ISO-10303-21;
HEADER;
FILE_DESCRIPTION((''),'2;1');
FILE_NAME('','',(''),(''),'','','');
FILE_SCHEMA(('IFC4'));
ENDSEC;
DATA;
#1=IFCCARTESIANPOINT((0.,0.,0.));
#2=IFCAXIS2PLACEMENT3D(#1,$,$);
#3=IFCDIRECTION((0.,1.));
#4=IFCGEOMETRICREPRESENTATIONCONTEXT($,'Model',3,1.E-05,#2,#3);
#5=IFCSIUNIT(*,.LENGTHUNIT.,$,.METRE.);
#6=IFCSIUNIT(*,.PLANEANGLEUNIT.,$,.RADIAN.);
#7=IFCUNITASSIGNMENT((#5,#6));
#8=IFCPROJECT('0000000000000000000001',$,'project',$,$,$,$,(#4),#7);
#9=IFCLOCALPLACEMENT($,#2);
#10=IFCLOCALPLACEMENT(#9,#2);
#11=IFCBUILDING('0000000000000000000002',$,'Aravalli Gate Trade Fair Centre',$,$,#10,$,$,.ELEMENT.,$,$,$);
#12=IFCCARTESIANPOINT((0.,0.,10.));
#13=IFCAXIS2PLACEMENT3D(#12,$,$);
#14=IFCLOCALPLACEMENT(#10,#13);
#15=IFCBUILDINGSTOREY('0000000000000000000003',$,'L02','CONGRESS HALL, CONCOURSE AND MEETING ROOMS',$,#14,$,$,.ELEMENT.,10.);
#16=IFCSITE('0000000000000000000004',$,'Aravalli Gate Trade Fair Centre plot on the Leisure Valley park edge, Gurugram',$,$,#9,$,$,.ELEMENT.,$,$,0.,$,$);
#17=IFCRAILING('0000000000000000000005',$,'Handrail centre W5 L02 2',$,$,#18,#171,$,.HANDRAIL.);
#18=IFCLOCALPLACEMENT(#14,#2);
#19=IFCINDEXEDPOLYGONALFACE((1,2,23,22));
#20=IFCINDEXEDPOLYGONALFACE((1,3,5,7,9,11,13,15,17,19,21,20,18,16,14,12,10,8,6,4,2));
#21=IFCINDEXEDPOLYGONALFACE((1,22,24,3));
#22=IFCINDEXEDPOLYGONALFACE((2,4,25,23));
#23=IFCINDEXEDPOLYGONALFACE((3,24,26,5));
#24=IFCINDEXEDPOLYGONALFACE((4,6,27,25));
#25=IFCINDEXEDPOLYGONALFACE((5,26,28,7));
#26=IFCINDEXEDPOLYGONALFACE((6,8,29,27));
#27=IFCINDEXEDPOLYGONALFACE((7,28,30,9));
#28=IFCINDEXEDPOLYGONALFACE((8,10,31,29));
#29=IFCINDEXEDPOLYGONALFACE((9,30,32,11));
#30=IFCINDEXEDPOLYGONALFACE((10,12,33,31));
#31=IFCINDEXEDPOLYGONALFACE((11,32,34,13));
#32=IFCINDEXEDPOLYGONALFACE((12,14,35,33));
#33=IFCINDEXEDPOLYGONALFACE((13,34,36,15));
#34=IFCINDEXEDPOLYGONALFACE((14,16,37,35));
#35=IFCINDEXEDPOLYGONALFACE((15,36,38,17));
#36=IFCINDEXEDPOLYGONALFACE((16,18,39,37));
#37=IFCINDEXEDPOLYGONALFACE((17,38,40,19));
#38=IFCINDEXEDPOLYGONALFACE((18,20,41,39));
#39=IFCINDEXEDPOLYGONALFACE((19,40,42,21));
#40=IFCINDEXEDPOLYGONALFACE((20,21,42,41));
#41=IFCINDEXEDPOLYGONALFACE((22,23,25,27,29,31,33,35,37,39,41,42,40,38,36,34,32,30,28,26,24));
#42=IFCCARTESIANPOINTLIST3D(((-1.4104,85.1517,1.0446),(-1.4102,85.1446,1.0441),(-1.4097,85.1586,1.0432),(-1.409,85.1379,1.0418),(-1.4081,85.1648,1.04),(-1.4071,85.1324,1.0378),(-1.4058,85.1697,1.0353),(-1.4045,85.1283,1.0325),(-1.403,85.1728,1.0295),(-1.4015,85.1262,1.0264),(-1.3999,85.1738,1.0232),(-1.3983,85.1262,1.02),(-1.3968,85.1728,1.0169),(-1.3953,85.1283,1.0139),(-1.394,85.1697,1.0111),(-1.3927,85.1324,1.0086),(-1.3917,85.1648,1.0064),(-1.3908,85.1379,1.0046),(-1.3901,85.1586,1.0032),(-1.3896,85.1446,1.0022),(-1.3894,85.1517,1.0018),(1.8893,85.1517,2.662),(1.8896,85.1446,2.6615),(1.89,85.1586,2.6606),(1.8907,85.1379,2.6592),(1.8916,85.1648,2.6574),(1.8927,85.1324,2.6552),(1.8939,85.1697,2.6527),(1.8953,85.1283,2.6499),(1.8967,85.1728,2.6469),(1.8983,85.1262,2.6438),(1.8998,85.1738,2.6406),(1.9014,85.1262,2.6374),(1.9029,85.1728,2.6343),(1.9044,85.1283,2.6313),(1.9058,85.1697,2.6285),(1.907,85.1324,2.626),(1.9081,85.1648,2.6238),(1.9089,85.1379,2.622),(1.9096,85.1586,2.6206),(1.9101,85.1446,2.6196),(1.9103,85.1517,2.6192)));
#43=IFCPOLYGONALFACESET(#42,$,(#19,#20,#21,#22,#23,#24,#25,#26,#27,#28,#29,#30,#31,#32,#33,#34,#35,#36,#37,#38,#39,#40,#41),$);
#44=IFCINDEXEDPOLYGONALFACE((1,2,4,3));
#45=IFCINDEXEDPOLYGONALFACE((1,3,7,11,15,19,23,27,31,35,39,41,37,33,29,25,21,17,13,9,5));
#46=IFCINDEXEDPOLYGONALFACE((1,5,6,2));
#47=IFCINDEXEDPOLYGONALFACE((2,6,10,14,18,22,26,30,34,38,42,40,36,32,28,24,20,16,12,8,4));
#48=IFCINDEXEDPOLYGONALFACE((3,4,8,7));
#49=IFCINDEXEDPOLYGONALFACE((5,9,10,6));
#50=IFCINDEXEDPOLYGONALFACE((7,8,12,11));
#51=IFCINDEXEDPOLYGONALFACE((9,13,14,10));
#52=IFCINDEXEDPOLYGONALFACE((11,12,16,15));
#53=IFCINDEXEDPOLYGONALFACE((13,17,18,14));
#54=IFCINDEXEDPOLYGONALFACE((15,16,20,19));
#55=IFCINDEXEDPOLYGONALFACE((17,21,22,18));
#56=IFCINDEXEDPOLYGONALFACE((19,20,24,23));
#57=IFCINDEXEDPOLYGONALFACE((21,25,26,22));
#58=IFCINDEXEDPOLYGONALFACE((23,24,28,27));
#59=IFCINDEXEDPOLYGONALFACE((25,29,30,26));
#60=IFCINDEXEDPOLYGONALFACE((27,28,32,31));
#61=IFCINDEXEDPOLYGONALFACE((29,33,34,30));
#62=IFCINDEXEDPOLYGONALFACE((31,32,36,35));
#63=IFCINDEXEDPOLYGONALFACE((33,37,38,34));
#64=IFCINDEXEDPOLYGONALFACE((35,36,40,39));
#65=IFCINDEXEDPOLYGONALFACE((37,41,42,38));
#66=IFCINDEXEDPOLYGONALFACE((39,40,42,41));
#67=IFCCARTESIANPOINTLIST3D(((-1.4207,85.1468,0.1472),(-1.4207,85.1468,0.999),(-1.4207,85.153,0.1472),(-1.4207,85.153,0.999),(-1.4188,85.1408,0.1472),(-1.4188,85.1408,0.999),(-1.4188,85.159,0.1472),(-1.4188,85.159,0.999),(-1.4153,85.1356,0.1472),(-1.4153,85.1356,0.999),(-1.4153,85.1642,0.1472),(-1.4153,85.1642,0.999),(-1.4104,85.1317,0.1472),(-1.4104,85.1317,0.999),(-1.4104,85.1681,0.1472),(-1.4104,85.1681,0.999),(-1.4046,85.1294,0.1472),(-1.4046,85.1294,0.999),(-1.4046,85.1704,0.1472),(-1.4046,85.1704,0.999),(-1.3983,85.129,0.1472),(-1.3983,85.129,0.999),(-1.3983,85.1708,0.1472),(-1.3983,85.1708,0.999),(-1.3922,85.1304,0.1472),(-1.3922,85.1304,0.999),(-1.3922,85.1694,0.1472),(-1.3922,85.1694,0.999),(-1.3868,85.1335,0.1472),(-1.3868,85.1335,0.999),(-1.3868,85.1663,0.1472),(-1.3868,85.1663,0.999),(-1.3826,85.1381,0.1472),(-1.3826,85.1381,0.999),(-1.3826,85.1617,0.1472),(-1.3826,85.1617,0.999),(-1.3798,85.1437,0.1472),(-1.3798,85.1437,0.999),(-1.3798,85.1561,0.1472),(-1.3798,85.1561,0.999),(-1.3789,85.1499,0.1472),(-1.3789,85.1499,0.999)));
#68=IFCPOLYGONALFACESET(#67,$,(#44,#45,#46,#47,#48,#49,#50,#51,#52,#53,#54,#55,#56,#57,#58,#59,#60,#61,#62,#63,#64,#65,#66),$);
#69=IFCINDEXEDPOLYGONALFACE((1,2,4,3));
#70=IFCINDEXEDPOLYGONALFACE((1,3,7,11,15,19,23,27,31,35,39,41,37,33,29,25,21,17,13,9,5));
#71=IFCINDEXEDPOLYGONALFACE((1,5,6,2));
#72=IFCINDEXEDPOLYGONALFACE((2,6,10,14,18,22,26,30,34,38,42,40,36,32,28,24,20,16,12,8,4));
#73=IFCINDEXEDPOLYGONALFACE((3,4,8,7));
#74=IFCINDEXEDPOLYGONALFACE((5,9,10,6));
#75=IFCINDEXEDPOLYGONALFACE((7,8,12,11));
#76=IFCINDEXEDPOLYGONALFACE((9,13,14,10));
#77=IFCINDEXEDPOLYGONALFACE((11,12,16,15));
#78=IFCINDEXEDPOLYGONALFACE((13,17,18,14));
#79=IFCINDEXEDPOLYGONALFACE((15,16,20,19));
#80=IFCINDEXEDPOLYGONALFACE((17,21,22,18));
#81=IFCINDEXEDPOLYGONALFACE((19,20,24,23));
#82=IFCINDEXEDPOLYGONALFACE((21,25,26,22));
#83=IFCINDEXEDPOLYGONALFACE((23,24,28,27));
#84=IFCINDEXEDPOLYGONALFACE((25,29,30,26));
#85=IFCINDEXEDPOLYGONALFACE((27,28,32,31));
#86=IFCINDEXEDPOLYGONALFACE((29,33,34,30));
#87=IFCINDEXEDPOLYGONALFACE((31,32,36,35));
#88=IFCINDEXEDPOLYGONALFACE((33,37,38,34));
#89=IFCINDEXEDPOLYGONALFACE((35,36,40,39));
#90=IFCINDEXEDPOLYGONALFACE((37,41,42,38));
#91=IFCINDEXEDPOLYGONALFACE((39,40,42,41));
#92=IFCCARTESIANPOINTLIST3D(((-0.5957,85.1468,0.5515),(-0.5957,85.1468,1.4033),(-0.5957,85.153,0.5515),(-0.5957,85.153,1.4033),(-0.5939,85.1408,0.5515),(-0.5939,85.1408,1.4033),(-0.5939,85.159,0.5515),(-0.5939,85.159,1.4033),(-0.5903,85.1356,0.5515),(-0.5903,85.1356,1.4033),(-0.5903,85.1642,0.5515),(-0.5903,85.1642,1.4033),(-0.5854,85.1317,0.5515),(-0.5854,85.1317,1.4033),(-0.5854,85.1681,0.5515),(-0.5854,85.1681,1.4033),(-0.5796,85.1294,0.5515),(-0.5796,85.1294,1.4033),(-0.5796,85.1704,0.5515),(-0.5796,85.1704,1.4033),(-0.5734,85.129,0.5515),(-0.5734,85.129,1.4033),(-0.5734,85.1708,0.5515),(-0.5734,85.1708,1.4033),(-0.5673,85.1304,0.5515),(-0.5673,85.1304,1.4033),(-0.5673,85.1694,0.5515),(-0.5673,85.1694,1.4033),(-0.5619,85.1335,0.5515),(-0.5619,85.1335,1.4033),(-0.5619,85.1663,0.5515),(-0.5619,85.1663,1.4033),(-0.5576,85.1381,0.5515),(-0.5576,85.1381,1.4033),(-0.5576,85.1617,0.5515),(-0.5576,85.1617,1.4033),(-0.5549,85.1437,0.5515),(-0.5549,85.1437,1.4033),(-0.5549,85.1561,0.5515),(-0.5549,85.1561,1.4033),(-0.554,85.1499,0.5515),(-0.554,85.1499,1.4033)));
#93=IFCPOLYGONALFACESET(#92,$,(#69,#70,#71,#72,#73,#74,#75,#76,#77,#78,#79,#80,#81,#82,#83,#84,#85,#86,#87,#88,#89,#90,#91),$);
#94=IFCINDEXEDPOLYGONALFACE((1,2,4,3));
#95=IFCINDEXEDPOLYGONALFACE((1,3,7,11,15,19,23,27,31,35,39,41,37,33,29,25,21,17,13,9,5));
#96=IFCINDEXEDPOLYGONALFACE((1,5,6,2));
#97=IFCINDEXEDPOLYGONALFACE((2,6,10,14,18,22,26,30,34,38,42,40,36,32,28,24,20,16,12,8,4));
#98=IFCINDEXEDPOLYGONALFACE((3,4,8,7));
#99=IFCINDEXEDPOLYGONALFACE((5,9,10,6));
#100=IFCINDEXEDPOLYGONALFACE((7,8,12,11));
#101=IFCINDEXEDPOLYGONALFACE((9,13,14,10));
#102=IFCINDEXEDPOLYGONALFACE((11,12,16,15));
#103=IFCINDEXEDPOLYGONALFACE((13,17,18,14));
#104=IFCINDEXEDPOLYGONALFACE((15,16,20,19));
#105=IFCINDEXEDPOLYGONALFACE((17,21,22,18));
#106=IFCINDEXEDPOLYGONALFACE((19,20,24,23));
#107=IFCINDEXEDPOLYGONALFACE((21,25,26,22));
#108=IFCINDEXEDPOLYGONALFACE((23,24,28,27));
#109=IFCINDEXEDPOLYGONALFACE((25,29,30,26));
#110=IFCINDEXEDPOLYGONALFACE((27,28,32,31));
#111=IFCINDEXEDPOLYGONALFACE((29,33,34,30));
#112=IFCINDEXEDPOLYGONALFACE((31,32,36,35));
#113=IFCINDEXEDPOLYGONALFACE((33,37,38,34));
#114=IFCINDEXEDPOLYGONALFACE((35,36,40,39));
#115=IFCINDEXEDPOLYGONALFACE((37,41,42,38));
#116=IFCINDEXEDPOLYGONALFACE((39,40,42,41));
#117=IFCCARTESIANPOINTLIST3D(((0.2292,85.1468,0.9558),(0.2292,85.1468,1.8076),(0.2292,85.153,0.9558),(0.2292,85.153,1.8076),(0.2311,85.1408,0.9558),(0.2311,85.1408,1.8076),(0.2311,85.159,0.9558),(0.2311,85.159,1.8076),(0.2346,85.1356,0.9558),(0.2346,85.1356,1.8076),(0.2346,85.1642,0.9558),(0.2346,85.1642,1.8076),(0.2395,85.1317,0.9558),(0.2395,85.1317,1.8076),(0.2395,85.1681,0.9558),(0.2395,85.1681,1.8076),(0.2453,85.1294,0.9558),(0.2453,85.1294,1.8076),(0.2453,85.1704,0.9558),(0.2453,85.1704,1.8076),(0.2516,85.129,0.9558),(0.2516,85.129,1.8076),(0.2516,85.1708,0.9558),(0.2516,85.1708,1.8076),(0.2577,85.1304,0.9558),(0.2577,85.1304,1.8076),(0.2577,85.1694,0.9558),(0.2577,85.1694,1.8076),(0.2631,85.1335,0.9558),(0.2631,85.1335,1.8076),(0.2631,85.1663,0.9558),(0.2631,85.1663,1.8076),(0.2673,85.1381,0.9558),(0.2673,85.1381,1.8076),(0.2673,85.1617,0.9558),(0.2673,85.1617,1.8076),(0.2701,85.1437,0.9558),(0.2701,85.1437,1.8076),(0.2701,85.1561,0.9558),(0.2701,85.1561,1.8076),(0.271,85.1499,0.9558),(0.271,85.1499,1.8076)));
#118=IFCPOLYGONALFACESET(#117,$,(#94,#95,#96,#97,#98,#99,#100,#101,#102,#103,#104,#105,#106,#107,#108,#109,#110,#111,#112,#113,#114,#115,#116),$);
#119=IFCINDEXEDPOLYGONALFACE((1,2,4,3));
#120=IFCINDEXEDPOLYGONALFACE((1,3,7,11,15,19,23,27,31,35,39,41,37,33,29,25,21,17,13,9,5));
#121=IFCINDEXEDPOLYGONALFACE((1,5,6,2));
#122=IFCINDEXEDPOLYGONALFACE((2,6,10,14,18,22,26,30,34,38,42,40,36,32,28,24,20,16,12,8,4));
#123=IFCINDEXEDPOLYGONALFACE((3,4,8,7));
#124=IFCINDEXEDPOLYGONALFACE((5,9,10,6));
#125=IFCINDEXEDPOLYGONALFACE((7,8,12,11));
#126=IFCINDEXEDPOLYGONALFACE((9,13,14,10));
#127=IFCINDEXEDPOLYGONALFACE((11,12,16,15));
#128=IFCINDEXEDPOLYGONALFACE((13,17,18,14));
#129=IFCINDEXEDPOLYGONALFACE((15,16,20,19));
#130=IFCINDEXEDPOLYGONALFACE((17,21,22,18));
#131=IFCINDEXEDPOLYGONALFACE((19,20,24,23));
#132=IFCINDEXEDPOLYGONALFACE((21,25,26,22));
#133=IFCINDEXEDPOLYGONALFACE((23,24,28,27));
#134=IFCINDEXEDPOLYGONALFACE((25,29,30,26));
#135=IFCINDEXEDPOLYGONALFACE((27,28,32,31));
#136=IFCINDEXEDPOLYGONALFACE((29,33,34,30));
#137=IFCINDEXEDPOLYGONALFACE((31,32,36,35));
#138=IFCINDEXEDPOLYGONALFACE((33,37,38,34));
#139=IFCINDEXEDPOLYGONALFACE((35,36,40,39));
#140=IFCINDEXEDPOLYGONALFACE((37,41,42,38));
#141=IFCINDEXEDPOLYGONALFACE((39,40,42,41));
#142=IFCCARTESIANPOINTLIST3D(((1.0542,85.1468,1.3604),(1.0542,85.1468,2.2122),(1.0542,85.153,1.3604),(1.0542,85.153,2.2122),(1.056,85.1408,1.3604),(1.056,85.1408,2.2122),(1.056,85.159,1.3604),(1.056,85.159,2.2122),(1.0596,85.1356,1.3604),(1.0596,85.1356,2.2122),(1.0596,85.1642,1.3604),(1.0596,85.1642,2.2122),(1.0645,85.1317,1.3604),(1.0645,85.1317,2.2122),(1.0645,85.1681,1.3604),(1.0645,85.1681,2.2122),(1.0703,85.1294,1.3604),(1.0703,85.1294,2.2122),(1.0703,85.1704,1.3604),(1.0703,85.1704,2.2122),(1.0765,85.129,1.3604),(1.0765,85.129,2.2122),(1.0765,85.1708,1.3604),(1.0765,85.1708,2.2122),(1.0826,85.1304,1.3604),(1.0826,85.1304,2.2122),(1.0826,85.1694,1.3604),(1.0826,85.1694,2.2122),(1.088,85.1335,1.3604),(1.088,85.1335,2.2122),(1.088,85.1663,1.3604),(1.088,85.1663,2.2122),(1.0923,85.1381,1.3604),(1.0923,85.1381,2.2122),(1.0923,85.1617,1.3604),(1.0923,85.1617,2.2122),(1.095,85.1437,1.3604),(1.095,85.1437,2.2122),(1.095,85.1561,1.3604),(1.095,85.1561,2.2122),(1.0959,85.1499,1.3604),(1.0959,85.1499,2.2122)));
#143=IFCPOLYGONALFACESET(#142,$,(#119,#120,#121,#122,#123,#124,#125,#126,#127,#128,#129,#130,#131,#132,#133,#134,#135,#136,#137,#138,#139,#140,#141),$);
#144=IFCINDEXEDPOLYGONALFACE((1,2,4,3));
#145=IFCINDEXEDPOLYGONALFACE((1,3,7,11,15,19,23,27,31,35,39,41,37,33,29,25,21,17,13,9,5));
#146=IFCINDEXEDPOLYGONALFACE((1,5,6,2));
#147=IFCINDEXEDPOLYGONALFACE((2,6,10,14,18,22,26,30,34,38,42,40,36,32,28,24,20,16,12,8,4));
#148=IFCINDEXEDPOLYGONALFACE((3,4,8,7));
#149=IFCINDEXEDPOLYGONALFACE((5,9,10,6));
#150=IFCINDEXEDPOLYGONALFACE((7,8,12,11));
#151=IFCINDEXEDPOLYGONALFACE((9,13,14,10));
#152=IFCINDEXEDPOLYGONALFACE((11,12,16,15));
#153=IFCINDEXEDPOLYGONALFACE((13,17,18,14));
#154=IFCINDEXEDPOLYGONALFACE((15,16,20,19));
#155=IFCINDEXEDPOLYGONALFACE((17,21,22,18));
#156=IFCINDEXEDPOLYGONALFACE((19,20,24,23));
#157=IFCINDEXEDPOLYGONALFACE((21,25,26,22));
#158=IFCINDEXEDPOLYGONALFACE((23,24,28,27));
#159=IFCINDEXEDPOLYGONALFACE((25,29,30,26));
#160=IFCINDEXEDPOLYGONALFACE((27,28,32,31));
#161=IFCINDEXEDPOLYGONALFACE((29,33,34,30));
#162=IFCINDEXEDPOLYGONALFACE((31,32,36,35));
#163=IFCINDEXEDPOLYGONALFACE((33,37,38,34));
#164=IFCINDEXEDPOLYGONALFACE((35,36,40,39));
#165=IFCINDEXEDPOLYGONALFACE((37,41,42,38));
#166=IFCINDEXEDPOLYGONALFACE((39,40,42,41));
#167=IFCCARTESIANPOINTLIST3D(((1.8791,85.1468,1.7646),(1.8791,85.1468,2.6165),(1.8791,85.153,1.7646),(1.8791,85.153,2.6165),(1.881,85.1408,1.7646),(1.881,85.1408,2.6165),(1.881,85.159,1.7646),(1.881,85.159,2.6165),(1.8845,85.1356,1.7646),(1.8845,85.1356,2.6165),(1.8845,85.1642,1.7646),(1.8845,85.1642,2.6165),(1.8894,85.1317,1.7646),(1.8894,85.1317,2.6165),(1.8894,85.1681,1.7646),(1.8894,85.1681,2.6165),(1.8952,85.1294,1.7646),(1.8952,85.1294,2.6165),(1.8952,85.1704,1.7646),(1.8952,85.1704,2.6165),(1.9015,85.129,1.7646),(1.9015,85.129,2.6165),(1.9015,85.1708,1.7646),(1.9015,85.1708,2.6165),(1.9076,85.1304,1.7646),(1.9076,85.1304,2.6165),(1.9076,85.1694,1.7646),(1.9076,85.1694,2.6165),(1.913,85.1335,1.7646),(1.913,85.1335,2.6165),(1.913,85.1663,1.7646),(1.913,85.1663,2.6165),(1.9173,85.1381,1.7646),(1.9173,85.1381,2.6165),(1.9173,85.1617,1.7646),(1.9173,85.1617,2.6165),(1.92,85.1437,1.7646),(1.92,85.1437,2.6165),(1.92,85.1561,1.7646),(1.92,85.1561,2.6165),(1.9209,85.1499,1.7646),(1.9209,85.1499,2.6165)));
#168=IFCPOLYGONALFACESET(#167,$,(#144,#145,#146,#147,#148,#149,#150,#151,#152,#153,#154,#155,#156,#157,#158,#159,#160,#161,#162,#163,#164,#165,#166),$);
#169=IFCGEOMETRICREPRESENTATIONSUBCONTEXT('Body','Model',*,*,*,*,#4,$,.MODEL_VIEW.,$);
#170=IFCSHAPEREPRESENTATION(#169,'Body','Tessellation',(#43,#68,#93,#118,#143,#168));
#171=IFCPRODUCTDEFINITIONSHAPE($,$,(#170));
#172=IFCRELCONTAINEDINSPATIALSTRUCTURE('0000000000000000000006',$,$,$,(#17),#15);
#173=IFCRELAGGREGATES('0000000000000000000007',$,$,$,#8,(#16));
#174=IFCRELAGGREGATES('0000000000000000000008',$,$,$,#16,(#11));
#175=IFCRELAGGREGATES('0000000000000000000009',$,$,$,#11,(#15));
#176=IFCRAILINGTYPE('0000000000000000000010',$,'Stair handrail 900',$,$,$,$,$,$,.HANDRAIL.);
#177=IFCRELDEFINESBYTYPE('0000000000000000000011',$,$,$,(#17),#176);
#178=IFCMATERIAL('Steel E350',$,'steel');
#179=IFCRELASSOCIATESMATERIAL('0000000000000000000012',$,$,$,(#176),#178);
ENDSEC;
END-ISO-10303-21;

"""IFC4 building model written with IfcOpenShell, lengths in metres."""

from ifc_helpers import new_model, si_unit, direction, frame, origin, origin_2d, place, context, subcontext, project, spatial, circle, extrude, material, type_object, element, save


model = new_model("IFC4")

# Units and contexts
model_context = context("Model", 3, precision=1e-05, world=origin(), true_north=direction((0.0, 1.0)))
body_context = subcontext(model_context, "Body", "Model", "MODEL_VIEW")
ifc_project = project(units=[si_unit("LENGTHUNIT", "METRE"), si_unit("PLANEANGLEUNIT", "RADIAN")], contexts=[model_context])

# Site, building, storey
site_placement = place(None, origin())
site = spatial("IfcSite", under=ifc_project, at=site_placement, Name="Aravalli Gate Trade Fair Centre plot on the Leisure Valley park edge, Gurugram", CompositionType="ELEMENT", RefElevation=0.0)
building_placement = place(site_placement, origin())
building = spatial("IfcBuilding", under=site, at=building_placement, Name="Aravalli Gate Trade Fair Centre", CompositionType="ELEMENT")
storey_placement = place(building_placement, frame((0.0, 0.0, 10.0)))
storey = spatial("IfcBuildingStorey", under=building, at=storey_placement, Name="L02", Description="CONGRESS HALL, CONCOURSE AND MEETING ROOMS", CompositionType="ELEMENT", Elevation=10.0)

# Railing
ifc_material_1 = material(Name="Steel E350", Category="steel")
railing_type_1 = type_object("IfcRailingType", Name="Stair handrail 900", PredefinedType="HANDRAIL", material=ifc_material_1)
for number, where, name in (
    (1, (-1.3999, 85.1499, 0.1472), "Handrail centre W5 L02 2"),
):
    element("IfcRailing", number, at=place(storey_placement, frame(where)), inside=storey, type_object=railing_type_1, Name=name, PredefinedType="HANDRAIL", context=body_context, shape_type="SweptSolid", body=[
        extrude(circle(Radius=0.0239, at=origin_2d()), frame((0.0, 0.0, 0.876), z_axis=(0.897934, 0.0, 0.440131), x_axis=(0.0, 1.0, 0.0)), (0.0, 0.0, 1.0), 3.6748),
        extrude(circle(Radius=0.021, at=origin_2d()), origin(), (0.0, 0.0, 1.0), 0.8518),
        extrude(circle(Radius=0.021, at=origin_2d()), frame((0.825, 0.0, 0.4043)), (0.0, 0.0, 1.0), 0.8518),
        extrude(circle(Radius=0.021, at=origin_2d()), frame((1.6499, 0.0, 0.8086)), (0.0, 0.0, 1.0), 0.8518),
        extrude(circle(Radius=0.021, at=origin_2d()), frame((2.4749, 0.0, 1.2131)), (0.0, 0.0, 1.0), 0.8518),
        extrude(circle(Radius=0.021, at=origin_2d()), frame((3.2998, 0.0, 1.6174)), (0.0, 0.0, 1.0), 0.8518),
    ])

save(model, "model.ifc")
